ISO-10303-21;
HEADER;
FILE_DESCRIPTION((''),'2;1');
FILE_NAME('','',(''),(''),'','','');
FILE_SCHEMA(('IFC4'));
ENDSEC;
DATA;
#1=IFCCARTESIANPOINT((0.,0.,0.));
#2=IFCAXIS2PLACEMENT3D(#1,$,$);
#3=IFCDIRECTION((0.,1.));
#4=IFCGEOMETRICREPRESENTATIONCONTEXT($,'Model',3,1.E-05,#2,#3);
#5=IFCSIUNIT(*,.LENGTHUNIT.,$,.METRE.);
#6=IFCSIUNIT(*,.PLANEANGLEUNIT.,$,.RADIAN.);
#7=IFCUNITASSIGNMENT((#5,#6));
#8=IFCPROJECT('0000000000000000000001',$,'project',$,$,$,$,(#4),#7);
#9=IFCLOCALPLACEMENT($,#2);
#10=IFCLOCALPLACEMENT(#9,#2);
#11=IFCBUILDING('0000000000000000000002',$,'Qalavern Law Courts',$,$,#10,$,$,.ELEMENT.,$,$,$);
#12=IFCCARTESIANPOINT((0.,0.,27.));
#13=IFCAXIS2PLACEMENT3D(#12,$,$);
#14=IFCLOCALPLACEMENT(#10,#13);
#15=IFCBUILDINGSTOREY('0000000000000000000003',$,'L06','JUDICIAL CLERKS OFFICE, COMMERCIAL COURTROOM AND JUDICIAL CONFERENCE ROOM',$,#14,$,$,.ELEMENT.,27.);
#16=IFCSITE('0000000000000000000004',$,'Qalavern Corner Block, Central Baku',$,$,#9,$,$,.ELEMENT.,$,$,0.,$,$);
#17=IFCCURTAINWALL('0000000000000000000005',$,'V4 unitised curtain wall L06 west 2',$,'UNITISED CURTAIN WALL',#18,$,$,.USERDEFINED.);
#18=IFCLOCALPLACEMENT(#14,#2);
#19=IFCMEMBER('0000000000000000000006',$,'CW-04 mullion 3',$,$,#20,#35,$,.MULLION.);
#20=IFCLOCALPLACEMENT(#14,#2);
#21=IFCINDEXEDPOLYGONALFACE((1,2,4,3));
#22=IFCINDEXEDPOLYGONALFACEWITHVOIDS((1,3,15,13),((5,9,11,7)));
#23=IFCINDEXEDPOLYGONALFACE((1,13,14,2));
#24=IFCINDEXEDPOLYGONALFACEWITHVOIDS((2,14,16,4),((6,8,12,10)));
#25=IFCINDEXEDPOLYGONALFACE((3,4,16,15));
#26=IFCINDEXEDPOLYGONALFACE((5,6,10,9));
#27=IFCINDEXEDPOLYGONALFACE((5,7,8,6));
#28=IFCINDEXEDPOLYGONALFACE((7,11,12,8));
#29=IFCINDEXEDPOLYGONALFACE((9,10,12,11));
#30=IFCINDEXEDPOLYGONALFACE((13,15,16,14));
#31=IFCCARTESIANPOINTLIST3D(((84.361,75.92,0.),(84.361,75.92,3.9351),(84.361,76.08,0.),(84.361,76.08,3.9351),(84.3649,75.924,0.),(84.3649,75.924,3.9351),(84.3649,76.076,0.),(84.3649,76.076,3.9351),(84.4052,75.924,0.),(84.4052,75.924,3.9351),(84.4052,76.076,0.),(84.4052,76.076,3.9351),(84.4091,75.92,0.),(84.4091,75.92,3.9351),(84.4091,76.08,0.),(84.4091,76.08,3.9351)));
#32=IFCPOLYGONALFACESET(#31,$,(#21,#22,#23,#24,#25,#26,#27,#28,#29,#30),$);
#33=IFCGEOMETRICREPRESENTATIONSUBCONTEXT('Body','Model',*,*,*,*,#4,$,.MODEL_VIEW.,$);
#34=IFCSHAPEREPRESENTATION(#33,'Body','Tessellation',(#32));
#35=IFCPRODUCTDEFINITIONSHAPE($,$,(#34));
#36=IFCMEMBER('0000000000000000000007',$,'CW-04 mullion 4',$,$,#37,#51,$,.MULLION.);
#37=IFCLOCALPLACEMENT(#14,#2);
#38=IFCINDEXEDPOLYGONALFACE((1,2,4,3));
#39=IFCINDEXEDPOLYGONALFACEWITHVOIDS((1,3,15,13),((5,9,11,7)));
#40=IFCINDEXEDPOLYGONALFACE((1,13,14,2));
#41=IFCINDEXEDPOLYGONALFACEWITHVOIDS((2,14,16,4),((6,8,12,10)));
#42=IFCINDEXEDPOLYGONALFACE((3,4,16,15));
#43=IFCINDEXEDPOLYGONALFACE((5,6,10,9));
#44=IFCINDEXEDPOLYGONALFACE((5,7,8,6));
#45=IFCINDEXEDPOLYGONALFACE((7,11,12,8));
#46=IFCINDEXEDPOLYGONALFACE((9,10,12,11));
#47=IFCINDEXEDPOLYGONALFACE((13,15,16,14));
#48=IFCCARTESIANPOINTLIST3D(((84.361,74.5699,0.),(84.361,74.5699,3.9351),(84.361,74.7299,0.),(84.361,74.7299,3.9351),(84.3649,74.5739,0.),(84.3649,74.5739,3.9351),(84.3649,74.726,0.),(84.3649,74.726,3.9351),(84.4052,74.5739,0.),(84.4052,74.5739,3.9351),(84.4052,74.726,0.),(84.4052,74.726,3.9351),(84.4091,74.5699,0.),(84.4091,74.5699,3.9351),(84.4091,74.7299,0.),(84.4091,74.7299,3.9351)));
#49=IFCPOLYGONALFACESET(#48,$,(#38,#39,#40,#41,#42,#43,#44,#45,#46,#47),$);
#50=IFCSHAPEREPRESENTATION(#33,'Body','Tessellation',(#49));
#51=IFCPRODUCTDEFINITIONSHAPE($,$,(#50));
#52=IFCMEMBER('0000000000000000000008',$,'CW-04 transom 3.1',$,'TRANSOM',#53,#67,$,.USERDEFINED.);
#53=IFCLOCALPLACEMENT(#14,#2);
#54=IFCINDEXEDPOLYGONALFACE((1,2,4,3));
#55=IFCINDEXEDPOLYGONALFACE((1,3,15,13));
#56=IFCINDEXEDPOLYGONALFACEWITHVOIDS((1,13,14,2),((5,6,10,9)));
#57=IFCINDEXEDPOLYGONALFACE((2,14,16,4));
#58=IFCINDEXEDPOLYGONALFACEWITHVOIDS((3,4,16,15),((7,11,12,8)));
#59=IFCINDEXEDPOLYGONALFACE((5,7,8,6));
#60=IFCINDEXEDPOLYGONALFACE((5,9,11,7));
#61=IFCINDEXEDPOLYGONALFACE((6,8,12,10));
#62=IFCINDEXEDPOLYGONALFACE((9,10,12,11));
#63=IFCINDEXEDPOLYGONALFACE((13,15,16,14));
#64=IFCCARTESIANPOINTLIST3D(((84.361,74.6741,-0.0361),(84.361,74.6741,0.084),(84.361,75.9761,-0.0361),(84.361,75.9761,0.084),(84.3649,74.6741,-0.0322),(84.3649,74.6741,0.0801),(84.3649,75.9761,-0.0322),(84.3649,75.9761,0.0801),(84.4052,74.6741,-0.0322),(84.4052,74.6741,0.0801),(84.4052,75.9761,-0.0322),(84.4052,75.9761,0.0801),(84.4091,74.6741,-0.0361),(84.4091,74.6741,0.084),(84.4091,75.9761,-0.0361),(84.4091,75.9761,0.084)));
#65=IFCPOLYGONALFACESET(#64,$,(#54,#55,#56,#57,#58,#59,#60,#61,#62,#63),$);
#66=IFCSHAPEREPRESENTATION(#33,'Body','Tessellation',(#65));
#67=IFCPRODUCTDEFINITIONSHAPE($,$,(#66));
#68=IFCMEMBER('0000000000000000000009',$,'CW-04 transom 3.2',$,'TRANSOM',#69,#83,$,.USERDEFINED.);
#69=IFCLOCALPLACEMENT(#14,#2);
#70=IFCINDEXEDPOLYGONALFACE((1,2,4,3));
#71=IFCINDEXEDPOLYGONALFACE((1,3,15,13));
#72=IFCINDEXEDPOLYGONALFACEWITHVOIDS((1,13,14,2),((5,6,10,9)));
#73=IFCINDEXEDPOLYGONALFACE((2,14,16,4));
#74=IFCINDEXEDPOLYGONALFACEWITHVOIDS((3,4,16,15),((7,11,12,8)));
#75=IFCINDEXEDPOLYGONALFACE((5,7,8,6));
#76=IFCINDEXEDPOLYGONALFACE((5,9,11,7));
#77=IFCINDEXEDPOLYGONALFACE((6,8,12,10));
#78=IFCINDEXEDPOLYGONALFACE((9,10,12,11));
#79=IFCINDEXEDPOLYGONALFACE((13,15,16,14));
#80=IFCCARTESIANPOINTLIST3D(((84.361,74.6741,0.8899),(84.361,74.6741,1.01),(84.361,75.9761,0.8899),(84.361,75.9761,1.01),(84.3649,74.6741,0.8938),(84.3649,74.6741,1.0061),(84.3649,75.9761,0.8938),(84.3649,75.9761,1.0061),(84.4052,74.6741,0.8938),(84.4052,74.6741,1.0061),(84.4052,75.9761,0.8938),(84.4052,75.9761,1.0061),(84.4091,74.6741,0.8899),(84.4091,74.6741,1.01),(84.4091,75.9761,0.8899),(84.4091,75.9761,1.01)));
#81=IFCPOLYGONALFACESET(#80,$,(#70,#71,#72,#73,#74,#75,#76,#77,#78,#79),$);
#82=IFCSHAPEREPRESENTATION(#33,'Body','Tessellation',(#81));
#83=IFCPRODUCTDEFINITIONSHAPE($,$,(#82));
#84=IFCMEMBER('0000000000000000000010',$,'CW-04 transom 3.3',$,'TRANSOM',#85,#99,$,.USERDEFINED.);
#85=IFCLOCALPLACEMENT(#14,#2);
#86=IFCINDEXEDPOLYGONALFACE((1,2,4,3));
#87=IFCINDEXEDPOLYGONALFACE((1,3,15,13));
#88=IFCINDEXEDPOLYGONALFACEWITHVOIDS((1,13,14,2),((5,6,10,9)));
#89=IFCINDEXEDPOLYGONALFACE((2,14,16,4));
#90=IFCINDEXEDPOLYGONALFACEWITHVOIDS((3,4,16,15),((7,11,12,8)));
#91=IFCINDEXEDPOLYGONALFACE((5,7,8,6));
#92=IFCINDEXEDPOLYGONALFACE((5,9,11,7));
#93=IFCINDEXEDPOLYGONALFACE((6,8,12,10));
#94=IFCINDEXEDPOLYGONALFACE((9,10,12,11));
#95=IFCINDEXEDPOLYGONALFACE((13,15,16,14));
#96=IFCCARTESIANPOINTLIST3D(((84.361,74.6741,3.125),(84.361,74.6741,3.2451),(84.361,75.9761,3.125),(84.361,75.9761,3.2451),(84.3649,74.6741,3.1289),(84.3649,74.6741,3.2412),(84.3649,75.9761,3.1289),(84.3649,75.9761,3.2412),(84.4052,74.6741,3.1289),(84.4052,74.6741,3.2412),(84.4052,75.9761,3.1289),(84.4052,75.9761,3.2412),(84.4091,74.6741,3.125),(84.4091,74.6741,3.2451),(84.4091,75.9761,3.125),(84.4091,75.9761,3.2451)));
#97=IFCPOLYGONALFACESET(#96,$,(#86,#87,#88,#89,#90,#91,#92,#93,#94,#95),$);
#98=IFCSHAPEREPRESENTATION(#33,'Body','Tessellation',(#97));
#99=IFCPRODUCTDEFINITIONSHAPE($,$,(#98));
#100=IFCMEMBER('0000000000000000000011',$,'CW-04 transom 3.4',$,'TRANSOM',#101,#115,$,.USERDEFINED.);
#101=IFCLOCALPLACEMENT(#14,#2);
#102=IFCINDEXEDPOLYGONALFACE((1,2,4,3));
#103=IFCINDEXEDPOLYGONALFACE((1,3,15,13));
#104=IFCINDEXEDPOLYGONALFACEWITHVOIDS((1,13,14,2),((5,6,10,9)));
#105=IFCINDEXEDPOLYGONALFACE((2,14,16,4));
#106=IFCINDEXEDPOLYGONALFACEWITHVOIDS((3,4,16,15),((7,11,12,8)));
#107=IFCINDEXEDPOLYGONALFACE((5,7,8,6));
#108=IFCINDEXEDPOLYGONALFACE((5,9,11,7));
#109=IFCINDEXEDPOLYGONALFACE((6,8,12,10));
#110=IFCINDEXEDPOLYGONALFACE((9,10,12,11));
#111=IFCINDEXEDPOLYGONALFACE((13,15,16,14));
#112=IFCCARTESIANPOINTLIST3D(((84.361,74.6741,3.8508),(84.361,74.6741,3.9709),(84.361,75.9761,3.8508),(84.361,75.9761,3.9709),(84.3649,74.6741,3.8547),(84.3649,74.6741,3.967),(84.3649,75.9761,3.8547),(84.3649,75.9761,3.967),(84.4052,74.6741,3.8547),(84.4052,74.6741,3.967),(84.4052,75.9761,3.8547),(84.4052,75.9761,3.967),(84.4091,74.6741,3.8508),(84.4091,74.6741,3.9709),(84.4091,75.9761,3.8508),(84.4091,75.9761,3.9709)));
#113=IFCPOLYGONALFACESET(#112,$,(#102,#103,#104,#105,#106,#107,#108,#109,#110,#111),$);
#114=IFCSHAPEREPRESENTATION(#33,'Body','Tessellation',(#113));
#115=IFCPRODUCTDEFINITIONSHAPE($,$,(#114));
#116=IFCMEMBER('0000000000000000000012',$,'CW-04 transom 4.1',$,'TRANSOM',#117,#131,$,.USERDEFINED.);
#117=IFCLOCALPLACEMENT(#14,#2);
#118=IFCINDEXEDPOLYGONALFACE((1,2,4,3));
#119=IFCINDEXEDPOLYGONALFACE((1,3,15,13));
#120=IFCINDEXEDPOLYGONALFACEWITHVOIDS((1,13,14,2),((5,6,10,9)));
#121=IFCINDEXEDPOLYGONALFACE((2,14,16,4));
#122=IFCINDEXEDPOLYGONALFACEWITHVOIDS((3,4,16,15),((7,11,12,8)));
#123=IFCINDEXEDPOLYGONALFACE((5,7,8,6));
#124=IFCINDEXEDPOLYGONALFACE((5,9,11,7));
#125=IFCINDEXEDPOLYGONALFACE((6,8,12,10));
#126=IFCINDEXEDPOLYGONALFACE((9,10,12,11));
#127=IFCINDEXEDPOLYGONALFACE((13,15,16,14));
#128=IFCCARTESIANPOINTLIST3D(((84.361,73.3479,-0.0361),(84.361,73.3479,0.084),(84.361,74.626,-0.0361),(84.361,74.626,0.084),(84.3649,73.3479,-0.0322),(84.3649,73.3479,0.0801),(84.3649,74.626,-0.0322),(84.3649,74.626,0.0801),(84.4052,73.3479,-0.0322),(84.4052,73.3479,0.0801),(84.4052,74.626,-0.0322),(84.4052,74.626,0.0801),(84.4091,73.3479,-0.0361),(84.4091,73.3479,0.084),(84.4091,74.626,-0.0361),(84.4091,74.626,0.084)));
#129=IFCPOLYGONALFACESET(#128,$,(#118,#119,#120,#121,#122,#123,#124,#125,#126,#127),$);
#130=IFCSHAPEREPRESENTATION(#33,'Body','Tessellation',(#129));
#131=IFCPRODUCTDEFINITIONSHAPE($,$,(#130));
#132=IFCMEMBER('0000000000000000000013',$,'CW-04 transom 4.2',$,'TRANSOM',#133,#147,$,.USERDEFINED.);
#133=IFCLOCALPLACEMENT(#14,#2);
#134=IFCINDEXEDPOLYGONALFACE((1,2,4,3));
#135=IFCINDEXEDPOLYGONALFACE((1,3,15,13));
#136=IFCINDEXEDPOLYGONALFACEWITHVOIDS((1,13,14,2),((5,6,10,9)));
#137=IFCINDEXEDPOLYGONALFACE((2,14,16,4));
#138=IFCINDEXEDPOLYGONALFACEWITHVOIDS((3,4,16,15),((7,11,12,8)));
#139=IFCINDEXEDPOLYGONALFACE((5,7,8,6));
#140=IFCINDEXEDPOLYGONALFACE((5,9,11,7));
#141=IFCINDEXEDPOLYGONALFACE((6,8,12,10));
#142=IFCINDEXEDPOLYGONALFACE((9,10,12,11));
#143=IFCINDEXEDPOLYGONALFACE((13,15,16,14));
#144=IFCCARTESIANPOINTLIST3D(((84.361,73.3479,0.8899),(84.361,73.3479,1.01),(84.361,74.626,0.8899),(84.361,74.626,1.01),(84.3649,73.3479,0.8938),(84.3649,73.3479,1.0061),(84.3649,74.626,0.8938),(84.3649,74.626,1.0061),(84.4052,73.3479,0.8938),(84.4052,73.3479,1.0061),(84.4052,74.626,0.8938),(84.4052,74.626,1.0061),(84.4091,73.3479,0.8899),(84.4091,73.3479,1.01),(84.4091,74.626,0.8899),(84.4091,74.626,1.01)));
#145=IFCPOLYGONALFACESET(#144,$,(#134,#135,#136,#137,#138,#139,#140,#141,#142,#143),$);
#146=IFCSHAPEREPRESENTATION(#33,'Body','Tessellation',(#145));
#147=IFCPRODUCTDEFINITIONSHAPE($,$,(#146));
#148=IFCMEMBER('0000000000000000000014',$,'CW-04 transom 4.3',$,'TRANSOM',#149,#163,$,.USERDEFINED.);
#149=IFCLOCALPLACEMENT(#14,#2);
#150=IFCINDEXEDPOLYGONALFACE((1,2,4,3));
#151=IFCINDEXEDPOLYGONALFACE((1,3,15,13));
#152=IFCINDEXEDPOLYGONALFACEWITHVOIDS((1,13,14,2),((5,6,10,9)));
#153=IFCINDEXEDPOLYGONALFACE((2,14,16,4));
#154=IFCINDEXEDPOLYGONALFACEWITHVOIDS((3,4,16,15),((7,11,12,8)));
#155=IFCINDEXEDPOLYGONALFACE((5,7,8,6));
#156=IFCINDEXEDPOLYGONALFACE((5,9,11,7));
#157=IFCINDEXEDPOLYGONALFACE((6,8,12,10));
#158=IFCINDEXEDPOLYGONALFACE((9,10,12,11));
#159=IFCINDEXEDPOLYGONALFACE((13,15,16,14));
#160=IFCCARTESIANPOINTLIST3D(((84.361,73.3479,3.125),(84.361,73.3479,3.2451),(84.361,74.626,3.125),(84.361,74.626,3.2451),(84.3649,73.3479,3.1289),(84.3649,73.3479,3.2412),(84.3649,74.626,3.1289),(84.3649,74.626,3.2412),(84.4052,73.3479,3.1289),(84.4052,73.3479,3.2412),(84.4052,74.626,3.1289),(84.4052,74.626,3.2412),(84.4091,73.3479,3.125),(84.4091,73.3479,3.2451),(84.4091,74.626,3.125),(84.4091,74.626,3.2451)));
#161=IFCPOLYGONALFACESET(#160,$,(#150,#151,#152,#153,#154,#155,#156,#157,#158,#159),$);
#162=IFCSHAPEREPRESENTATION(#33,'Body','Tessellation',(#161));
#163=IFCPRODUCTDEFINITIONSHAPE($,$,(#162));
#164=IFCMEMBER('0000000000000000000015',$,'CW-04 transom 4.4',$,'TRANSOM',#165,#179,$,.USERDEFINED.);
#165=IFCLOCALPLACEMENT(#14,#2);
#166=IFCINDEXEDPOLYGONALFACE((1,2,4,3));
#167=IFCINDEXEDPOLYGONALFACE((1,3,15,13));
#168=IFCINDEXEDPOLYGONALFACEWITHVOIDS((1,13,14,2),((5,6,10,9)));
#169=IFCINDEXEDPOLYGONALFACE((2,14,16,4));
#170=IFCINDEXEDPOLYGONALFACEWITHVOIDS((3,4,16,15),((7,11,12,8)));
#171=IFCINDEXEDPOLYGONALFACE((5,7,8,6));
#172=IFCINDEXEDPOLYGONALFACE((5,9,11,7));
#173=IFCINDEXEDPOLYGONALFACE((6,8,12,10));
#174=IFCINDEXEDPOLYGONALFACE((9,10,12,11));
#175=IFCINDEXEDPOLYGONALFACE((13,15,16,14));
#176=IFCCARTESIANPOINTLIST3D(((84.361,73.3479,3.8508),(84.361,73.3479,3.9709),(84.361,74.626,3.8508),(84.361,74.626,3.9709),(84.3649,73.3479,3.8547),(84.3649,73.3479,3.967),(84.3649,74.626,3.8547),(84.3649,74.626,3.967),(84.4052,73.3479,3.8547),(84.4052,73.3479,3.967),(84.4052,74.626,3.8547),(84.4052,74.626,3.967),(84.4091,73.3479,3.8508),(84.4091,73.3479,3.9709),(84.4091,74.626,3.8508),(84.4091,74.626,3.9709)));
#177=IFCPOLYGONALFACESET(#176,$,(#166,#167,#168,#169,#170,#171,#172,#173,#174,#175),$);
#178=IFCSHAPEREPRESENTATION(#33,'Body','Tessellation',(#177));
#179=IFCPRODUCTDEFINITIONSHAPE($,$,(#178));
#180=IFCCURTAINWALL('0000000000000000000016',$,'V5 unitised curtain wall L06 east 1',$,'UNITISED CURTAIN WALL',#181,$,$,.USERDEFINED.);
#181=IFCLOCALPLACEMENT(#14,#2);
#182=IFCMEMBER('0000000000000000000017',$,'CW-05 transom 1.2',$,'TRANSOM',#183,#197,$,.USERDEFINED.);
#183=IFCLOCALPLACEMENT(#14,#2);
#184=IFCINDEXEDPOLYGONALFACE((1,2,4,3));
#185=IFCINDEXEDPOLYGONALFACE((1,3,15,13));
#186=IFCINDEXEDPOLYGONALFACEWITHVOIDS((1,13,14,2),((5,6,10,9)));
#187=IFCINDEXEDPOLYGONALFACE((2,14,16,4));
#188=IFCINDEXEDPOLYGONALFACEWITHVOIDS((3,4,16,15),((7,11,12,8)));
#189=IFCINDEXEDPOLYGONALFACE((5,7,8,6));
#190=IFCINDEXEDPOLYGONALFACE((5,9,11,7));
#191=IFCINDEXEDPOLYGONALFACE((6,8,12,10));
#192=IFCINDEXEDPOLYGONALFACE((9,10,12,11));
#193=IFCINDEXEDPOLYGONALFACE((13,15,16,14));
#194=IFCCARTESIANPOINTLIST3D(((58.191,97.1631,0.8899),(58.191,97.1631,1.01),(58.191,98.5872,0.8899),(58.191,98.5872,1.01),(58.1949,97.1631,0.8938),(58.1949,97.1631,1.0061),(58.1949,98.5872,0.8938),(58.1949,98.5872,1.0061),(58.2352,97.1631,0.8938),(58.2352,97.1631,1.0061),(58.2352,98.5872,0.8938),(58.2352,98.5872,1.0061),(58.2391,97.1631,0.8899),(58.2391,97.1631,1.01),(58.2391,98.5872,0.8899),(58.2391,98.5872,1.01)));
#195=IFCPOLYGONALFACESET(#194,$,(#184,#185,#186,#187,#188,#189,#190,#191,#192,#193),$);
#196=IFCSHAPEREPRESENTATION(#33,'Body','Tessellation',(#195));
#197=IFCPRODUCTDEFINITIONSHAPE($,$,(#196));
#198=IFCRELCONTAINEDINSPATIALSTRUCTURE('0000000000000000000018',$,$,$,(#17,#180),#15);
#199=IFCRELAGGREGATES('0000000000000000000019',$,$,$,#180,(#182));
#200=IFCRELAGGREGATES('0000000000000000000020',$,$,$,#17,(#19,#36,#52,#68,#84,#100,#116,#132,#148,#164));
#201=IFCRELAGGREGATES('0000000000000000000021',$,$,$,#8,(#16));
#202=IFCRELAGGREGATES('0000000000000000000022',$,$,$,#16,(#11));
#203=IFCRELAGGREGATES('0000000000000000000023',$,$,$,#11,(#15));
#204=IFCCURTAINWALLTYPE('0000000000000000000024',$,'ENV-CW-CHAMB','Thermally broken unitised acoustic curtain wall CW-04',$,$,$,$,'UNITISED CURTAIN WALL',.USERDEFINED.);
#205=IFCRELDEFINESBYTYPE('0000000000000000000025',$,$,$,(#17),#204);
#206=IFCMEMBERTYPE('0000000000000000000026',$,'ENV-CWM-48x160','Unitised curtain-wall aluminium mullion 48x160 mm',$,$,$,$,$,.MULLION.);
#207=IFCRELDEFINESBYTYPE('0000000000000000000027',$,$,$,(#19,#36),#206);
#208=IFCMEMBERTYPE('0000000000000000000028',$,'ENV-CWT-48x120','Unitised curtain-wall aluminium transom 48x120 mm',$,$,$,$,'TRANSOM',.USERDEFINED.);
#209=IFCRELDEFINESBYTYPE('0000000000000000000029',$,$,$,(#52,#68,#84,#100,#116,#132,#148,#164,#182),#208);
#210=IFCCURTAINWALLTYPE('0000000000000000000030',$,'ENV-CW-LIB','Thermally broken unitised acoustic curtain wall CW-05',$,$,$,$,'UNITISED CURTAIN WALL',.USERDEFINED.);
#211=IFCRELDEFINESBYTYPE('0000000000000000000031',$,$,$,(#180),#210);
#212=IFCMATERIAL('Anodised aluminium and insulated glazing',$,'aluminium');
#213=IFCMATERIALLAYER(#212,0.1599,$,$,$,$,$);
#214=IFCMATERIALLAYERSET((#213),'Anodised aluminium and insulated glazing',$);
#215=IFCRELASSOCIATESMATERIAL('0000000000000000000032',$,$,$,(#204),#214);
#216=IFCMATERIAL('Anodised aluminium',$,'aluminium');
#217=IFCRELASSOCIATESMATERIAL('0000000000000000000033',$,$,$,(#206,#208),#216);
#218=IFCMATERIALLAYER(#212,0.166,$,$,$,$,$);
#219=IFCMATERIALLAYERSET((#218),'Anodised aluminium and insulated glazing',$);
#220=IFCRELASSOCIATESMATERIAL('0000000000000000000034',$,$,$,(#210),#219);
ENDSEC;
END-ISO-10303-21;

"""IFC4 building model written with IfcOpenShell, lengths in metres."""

from ifc_helpers import new_model, si_unit, direction, frame, origin, origin_2d, place, context, subcontext, project, spatial, hollow_rectangle, extrude, material, layer, layer_set, material_profile, profile_set, type_object, element, aggregate, save


model = new_model("IFC4")

# Units and contexts
model_context = context("Model", 3, precision=1e-05, world=origin(), true_north=direction((0.0, 1.0)))
body_context = subcontext(model_context, "Body", "Model", "MODEL_VIEW")
ifc_project = project(units=[si_unit("LENGTHUNIT", "METRE"), si_unit("PLANEANGLEUNIT", "RADIAN")], contexts=[model_context])

# Site, building, storey
site_placement = place(None, origin())
site = spatial("IfcSite", under=ifc_project, at=site_placement, Name="Qalavern Corner Block, Central Baku", CompositionType="ELEMENT", RefElevation=0.0)
building_placement = place(site_placement, origin())
building = spatial("IfcBuilding", under=site, at=building_placement, Name="Qalavern Law Courts", CompositionType="ELEMENT")
storey_placement = place(building_placement, frame((0.0, 0.0, 27.0)))
storey = spatial("IfcBuildingStorey", under=building, at=storey_placement, Name="L06", Description="JUDICIAL CLERKS OFFICE, COMMERCIAL COURTROOM AND JUDICIAL CONFERENCE ROOM", CompositionType="ELEMENT", Elevation=27.0)

# Curtain wall, members
ifc_material_1 = material(Name="Anodised aluminium and insulated glazing", Category="aluminium")
ifc_layer_1 = layer(ifc_material_1, 0.1599)
ifc_layer_set_1 = layer_set([ifc_layer_1], Name="Anodised aluminium and insulated glazing")
curtain_wall_type_1 = type_object("IfcCurtainWallType", Name="ENV-CW-CHAMB", Description="Thermally broken unitised acoustic curtain wall CW-04", ElementType="UNITISED CURTAIN WALL", PredefinedType="USERDEFINED", material=ifc_layer_set_1)
curtain_wall_1_placement = place(storey_placement, origin())
curtain_wall_1 = element("IfcCurtainWall", 1, at=curtain_wall_1_placement, inside=storey, type_object=curtain_wall_type_1, Name="V4 unitised curtain wall L06 west 2", ObjectType="UNITISED CURTAIN WALL", PredefinedType="USERDEFINED")
ifc_material_2 = material(Name="Anodised aluminium", Category="aluminium")
ifc_material_profile_1 = material_profile(ifc_material_2, hollow_rectangle(XDim=0.0481, YDim=0.1599, WallThickness=0.0039, at=origin_2d()), Name="ALU MULLION 48x160")
ifc_profile_set_1 = profile_set([ifc_material_profile_1], Name="Anodised aluminium")
member_type_1 = type_object("IfcMemberType", Name="ENV-CWM-48x160", Description="Unitised curtain-wall aluminium mullion 48x160 mm", PredefinedType="MULLION", material=ifc_profile_set_1)
member_1_placement = place(storey_placement, frame((84.385, 76.0, 0.0), z_axis=(0.0, 0.0, 1.0), x_axis=(1.0, 0.0, 0.0)))
member_1 = element("IfcMember", 2, at=member_1_placement, type_object=member_type_1, Name="CW-04 mullion 3", PredefinedType="MULLION", context=body_context, shape_type="SweptSolid", body=[
    extrude(hollow_rectangle(XDim=0.0481, YDim=0.1599, WallThickness=0.0039, at=origin_2d()), origin(), (0.0, 0.0, 1.0), 3.9351),
])
member_2_placement = place(storey_placement, frame((84.385, 74.6499, 0.0), z_axis=(0.0, 0.0, 1.0), x_axis=(1.0, 0.0, 0.0)))
member_2 = element("IfcMember", 3, at=member_2_placement, type_object=member_type_1, Name="CW-04 mullion 4", PredefinedType="MULLION", context=body_context, shape_type="SweptSolid", body=[
    extrude(hollow_rectangle(XDim=0.0481, YDim=0.1599, WallThickness=0.0039, at=origin_2d()), origin(), (0.0, 0.0, 1.0), 3.9351),
])
ifc_material_profile_2 = material_profile(ifc_material_2, hollow_rectangle(XDim=0.0481, YDim=0.1201, WallThickness=0.0039, at=origin_2d()), Name="ALU TRANSOM 48x120")
ifc_profile_set_2 = profile_set([ifc_material_profile_2], Name="Anodised aluminium")
member_type_2 = type_object("IfcMemberType", Name="ENV-CWT-48x120", Description="Unitised curtain-wall aluminium transom 48x120 mm", ElementType="TRANSOM", PredefinedType="USERDEFINED", material=ifc_profile_set_2)
member_3_placement = place(storey_placement, frame((84.385, 75.9761, 0.0239), z_axis=(0.0, -1.0, 0.0), x_axis=(1.0, 0.0, 0.0)))
member_3 = element("IfcMember", 4, at=member_3_placement, type_object=member_type_2, Name="CW-04 transom 3.1", ObjectType="TRANSOM", PredefinedType="USERDEFINED", context=body_context, shape_type="SweptSolid", body=[
    extrude(hollow_rectangle(XDim=0.0481, YDim=0.1201, WallThickness=0.0039, at=origin_2d()), origin(), (0.0, 0.0, 1.0), 1.302),
])
member_4_placement = place(storey_placement, frame((84.385, 75.9761, 0.95), z_axis=(0.0, -1.0, 0.0), x_axis=(1.0, 0.0, 0.0)))
member_4 = element("IfcMember", 5, at=member_4_placement, type_object=member_type_2, Name="CW-04 transom 3.2", ObjectType="TRANSOM", PredefinedType="USERDEFINED", context=body_context, shape_type="SweptSolid", body=[
    extrude(hollow_rectangle(XDim=0.0481, YDim=0.1201, WallThickness=0.0039, at=origin_2d()), origin(), (0.0, 0.0, 1.0), 1.302),
])
member_5_placement = place(storey_placement, frame((84.385, 75.9761, 3.1851), z_axis=(0.0, -1.0, 0.0), x_axis=(1.0, 0.0, 0.0)))
member_5 = element("IfcMember", 6, at=member_5_placement, type_object=member_type_2, Name="CW-04 transom 3.3", ObjectType="TRANSOM", PredefinedType="USERDEFINED", context=body_context, shape_type="SweptSolid", body=[
    extrude(hollow_rectangle(XDim=0.0481, YDim=0.1201, WallThickness=0.0039, at=origin_2d()), origin(), (0.0, 0.0, 1.0), 1.302),
])
member_6_placement = place(storey_placement, frame((84.385, 75.9761, 3.9109), z_axis=(0.0, -1.0, 0.0), x_axis=(1.0, 0.0, 0.0)))
member_6 = element("IfcMember", 7, at=member_6_placement, type_object=member_type_2, Name="CW-04 transom 3.4", ObjectType="TRANSOM", PredefinedType="USERDEFINED", context=body_context, shape_type="SweptSolid", body=[
    extrude(hollow_rectangle(XDim=0.0481, YDim=0.1201, WallThickness=0.0039, at=origin_2d()), origin(), (0.0, 0.0, 1.0), 1.302),
])
member_7_placement = place(storey_placement, frame((84.385, 74.626, 0.0239), z_axis=(0.0, -1.0, 0.0), x_axis=(1.0, 0.0, 0.0)))
member_7 = element("IfcMember", 8, at=member_7_placement, type_object=member_type_2, Name="CW-04 transom 4.1", ObjectType="TRANSOM", PredefinedType="USERDEFINED", context=body_context, shape_type="SweptSolid", body=[
    extrude(hollow_rectangle(XDim=0.0481, YDim=0.1201, WallThickness=0.0039, at=origin_2d()), origin(), (0.0, 0.0, 1.0), 1.2781),
])
member_8_placement = place(storey_placement, frame((84.385, 74.626, 0.95), z_axis=(0.0, -1.0, 0.0), x_axis=(1.0, 0.0, 0.0)))
member_8 = element("IfcMember", 9, at=member_8_placement, type_object=member_type_2, Name="CW-04 transom 4.2", ObjectType="TRANSOM", PredefinedType="USERDEFINED", context=body_context, shape_type="SweptSolid", body=[
    extrude(hollow_rectangle(XDim=0.0481, YDim=0.1201, WallThickness=0.0039, at=origin_2d()), origin(), (0.0, 0.0, 1.0), 1.2781),
])
member_9_placement = place(storey_placement, frame((84.385, 74.626, 3.1851), z_axis=(0.0, -1.0, 0.0), x_axis=(1.0, 0.0, 0.0)))
member_9 = element("IfcMember", 10, at=member_9_placement, type_object=member_type_2, Name="CW-04 transom 4.3", ObjectType="TRANSOM", PredefinedType="USERDEFINED", context=body_context, shape_type="SweptSolid", body=[
    extrude(hollow_rectangle(XDim=0.0481, YDim=0.1201, WallThickness=0.0039, at=origin_2d()), origin(), (0.0, 0.0, 1.0), 1.2781),
])
member_10_placement = place(storey_placement, frame((84.385, 74.626, 3.9109), z_axis=(0.0, -1.0, 0.0), x_axis=(1.0, 0.0, 0.0)))
member_10 = element("IfcMember", 11, at=member_10_placement, type_object=member_type_2, Name="CW-04 transom 4.4", ObjectType="TRANSOM", PredefinedType="USERDEFINED", context=body_context, shape_type="SweptSolid", body=[
    extrude(hollow_rectangle(XDim=0.0481, YDim=0.1201, WallThickness=0.0039, at=origin_2d()), origin(), (0.0, 0.0, 1.0), 1.2781),
])

# Curtain wall, member
ifc_layer_2 = layer(ifc_material_1, 0.166)
ifc_layer_set_2 = layer_set([ifc_layer_2], Name="Anodised aluminium and insulated glazing")
curtain_wall_type_2 = type_object("IfcCurtainWallType", Name="ENV-CW-LIB", Description="Thermally broken unitised acoustic curtain wall CW-05", ElementType="UNITISED CURTAIN WALL", PredefinedType="USERDEFINED", material=ifc_layer_set_2)
curtain_wall_2_placement = place(storey_placement, origin())
curtain_wall_2 = element("IfcCurtainWall", 12, at=curtain_wall_2_placement, inside=storey, type_object=curtain_wall_type_2, Name="V5 unitised curtain wall L06 east 1", ObjectType="UNITISED CURTAIN WALL", PredefinedType="USERDEFINED")
member_11_placement = place(storey_placement, frame((58.2151, 97.1631, 0.95), z_axis=(0.0, 1.0, 0.0), x_axis=(-1.0, 0.0, 0.0)))
member_11 = element("IfcMember", 13, at=member_11_placement, type_object=member_type_2, Name="CW-05 transom 1.2", ObjectType="TRANSOM", PredefinedType="USERDEFINED", context=body_context, shape_type="SweptSolid", body=[
    extrude(hollow_rectangle(XDim=0.0481, YDim=0.1201, WallThickness=0.0039, at=origin_2d()), origin(), (0.0, 0.0, 1.0), 1.4241),
])
aggregate(curtain_wall_2, [member_11])

aggregate(curtain_wall_1, [member_1, member_2, member_3, member_4, member_5, member_6, member_7, member_8, member_9, member_10])

save(model, "model.ifc")
